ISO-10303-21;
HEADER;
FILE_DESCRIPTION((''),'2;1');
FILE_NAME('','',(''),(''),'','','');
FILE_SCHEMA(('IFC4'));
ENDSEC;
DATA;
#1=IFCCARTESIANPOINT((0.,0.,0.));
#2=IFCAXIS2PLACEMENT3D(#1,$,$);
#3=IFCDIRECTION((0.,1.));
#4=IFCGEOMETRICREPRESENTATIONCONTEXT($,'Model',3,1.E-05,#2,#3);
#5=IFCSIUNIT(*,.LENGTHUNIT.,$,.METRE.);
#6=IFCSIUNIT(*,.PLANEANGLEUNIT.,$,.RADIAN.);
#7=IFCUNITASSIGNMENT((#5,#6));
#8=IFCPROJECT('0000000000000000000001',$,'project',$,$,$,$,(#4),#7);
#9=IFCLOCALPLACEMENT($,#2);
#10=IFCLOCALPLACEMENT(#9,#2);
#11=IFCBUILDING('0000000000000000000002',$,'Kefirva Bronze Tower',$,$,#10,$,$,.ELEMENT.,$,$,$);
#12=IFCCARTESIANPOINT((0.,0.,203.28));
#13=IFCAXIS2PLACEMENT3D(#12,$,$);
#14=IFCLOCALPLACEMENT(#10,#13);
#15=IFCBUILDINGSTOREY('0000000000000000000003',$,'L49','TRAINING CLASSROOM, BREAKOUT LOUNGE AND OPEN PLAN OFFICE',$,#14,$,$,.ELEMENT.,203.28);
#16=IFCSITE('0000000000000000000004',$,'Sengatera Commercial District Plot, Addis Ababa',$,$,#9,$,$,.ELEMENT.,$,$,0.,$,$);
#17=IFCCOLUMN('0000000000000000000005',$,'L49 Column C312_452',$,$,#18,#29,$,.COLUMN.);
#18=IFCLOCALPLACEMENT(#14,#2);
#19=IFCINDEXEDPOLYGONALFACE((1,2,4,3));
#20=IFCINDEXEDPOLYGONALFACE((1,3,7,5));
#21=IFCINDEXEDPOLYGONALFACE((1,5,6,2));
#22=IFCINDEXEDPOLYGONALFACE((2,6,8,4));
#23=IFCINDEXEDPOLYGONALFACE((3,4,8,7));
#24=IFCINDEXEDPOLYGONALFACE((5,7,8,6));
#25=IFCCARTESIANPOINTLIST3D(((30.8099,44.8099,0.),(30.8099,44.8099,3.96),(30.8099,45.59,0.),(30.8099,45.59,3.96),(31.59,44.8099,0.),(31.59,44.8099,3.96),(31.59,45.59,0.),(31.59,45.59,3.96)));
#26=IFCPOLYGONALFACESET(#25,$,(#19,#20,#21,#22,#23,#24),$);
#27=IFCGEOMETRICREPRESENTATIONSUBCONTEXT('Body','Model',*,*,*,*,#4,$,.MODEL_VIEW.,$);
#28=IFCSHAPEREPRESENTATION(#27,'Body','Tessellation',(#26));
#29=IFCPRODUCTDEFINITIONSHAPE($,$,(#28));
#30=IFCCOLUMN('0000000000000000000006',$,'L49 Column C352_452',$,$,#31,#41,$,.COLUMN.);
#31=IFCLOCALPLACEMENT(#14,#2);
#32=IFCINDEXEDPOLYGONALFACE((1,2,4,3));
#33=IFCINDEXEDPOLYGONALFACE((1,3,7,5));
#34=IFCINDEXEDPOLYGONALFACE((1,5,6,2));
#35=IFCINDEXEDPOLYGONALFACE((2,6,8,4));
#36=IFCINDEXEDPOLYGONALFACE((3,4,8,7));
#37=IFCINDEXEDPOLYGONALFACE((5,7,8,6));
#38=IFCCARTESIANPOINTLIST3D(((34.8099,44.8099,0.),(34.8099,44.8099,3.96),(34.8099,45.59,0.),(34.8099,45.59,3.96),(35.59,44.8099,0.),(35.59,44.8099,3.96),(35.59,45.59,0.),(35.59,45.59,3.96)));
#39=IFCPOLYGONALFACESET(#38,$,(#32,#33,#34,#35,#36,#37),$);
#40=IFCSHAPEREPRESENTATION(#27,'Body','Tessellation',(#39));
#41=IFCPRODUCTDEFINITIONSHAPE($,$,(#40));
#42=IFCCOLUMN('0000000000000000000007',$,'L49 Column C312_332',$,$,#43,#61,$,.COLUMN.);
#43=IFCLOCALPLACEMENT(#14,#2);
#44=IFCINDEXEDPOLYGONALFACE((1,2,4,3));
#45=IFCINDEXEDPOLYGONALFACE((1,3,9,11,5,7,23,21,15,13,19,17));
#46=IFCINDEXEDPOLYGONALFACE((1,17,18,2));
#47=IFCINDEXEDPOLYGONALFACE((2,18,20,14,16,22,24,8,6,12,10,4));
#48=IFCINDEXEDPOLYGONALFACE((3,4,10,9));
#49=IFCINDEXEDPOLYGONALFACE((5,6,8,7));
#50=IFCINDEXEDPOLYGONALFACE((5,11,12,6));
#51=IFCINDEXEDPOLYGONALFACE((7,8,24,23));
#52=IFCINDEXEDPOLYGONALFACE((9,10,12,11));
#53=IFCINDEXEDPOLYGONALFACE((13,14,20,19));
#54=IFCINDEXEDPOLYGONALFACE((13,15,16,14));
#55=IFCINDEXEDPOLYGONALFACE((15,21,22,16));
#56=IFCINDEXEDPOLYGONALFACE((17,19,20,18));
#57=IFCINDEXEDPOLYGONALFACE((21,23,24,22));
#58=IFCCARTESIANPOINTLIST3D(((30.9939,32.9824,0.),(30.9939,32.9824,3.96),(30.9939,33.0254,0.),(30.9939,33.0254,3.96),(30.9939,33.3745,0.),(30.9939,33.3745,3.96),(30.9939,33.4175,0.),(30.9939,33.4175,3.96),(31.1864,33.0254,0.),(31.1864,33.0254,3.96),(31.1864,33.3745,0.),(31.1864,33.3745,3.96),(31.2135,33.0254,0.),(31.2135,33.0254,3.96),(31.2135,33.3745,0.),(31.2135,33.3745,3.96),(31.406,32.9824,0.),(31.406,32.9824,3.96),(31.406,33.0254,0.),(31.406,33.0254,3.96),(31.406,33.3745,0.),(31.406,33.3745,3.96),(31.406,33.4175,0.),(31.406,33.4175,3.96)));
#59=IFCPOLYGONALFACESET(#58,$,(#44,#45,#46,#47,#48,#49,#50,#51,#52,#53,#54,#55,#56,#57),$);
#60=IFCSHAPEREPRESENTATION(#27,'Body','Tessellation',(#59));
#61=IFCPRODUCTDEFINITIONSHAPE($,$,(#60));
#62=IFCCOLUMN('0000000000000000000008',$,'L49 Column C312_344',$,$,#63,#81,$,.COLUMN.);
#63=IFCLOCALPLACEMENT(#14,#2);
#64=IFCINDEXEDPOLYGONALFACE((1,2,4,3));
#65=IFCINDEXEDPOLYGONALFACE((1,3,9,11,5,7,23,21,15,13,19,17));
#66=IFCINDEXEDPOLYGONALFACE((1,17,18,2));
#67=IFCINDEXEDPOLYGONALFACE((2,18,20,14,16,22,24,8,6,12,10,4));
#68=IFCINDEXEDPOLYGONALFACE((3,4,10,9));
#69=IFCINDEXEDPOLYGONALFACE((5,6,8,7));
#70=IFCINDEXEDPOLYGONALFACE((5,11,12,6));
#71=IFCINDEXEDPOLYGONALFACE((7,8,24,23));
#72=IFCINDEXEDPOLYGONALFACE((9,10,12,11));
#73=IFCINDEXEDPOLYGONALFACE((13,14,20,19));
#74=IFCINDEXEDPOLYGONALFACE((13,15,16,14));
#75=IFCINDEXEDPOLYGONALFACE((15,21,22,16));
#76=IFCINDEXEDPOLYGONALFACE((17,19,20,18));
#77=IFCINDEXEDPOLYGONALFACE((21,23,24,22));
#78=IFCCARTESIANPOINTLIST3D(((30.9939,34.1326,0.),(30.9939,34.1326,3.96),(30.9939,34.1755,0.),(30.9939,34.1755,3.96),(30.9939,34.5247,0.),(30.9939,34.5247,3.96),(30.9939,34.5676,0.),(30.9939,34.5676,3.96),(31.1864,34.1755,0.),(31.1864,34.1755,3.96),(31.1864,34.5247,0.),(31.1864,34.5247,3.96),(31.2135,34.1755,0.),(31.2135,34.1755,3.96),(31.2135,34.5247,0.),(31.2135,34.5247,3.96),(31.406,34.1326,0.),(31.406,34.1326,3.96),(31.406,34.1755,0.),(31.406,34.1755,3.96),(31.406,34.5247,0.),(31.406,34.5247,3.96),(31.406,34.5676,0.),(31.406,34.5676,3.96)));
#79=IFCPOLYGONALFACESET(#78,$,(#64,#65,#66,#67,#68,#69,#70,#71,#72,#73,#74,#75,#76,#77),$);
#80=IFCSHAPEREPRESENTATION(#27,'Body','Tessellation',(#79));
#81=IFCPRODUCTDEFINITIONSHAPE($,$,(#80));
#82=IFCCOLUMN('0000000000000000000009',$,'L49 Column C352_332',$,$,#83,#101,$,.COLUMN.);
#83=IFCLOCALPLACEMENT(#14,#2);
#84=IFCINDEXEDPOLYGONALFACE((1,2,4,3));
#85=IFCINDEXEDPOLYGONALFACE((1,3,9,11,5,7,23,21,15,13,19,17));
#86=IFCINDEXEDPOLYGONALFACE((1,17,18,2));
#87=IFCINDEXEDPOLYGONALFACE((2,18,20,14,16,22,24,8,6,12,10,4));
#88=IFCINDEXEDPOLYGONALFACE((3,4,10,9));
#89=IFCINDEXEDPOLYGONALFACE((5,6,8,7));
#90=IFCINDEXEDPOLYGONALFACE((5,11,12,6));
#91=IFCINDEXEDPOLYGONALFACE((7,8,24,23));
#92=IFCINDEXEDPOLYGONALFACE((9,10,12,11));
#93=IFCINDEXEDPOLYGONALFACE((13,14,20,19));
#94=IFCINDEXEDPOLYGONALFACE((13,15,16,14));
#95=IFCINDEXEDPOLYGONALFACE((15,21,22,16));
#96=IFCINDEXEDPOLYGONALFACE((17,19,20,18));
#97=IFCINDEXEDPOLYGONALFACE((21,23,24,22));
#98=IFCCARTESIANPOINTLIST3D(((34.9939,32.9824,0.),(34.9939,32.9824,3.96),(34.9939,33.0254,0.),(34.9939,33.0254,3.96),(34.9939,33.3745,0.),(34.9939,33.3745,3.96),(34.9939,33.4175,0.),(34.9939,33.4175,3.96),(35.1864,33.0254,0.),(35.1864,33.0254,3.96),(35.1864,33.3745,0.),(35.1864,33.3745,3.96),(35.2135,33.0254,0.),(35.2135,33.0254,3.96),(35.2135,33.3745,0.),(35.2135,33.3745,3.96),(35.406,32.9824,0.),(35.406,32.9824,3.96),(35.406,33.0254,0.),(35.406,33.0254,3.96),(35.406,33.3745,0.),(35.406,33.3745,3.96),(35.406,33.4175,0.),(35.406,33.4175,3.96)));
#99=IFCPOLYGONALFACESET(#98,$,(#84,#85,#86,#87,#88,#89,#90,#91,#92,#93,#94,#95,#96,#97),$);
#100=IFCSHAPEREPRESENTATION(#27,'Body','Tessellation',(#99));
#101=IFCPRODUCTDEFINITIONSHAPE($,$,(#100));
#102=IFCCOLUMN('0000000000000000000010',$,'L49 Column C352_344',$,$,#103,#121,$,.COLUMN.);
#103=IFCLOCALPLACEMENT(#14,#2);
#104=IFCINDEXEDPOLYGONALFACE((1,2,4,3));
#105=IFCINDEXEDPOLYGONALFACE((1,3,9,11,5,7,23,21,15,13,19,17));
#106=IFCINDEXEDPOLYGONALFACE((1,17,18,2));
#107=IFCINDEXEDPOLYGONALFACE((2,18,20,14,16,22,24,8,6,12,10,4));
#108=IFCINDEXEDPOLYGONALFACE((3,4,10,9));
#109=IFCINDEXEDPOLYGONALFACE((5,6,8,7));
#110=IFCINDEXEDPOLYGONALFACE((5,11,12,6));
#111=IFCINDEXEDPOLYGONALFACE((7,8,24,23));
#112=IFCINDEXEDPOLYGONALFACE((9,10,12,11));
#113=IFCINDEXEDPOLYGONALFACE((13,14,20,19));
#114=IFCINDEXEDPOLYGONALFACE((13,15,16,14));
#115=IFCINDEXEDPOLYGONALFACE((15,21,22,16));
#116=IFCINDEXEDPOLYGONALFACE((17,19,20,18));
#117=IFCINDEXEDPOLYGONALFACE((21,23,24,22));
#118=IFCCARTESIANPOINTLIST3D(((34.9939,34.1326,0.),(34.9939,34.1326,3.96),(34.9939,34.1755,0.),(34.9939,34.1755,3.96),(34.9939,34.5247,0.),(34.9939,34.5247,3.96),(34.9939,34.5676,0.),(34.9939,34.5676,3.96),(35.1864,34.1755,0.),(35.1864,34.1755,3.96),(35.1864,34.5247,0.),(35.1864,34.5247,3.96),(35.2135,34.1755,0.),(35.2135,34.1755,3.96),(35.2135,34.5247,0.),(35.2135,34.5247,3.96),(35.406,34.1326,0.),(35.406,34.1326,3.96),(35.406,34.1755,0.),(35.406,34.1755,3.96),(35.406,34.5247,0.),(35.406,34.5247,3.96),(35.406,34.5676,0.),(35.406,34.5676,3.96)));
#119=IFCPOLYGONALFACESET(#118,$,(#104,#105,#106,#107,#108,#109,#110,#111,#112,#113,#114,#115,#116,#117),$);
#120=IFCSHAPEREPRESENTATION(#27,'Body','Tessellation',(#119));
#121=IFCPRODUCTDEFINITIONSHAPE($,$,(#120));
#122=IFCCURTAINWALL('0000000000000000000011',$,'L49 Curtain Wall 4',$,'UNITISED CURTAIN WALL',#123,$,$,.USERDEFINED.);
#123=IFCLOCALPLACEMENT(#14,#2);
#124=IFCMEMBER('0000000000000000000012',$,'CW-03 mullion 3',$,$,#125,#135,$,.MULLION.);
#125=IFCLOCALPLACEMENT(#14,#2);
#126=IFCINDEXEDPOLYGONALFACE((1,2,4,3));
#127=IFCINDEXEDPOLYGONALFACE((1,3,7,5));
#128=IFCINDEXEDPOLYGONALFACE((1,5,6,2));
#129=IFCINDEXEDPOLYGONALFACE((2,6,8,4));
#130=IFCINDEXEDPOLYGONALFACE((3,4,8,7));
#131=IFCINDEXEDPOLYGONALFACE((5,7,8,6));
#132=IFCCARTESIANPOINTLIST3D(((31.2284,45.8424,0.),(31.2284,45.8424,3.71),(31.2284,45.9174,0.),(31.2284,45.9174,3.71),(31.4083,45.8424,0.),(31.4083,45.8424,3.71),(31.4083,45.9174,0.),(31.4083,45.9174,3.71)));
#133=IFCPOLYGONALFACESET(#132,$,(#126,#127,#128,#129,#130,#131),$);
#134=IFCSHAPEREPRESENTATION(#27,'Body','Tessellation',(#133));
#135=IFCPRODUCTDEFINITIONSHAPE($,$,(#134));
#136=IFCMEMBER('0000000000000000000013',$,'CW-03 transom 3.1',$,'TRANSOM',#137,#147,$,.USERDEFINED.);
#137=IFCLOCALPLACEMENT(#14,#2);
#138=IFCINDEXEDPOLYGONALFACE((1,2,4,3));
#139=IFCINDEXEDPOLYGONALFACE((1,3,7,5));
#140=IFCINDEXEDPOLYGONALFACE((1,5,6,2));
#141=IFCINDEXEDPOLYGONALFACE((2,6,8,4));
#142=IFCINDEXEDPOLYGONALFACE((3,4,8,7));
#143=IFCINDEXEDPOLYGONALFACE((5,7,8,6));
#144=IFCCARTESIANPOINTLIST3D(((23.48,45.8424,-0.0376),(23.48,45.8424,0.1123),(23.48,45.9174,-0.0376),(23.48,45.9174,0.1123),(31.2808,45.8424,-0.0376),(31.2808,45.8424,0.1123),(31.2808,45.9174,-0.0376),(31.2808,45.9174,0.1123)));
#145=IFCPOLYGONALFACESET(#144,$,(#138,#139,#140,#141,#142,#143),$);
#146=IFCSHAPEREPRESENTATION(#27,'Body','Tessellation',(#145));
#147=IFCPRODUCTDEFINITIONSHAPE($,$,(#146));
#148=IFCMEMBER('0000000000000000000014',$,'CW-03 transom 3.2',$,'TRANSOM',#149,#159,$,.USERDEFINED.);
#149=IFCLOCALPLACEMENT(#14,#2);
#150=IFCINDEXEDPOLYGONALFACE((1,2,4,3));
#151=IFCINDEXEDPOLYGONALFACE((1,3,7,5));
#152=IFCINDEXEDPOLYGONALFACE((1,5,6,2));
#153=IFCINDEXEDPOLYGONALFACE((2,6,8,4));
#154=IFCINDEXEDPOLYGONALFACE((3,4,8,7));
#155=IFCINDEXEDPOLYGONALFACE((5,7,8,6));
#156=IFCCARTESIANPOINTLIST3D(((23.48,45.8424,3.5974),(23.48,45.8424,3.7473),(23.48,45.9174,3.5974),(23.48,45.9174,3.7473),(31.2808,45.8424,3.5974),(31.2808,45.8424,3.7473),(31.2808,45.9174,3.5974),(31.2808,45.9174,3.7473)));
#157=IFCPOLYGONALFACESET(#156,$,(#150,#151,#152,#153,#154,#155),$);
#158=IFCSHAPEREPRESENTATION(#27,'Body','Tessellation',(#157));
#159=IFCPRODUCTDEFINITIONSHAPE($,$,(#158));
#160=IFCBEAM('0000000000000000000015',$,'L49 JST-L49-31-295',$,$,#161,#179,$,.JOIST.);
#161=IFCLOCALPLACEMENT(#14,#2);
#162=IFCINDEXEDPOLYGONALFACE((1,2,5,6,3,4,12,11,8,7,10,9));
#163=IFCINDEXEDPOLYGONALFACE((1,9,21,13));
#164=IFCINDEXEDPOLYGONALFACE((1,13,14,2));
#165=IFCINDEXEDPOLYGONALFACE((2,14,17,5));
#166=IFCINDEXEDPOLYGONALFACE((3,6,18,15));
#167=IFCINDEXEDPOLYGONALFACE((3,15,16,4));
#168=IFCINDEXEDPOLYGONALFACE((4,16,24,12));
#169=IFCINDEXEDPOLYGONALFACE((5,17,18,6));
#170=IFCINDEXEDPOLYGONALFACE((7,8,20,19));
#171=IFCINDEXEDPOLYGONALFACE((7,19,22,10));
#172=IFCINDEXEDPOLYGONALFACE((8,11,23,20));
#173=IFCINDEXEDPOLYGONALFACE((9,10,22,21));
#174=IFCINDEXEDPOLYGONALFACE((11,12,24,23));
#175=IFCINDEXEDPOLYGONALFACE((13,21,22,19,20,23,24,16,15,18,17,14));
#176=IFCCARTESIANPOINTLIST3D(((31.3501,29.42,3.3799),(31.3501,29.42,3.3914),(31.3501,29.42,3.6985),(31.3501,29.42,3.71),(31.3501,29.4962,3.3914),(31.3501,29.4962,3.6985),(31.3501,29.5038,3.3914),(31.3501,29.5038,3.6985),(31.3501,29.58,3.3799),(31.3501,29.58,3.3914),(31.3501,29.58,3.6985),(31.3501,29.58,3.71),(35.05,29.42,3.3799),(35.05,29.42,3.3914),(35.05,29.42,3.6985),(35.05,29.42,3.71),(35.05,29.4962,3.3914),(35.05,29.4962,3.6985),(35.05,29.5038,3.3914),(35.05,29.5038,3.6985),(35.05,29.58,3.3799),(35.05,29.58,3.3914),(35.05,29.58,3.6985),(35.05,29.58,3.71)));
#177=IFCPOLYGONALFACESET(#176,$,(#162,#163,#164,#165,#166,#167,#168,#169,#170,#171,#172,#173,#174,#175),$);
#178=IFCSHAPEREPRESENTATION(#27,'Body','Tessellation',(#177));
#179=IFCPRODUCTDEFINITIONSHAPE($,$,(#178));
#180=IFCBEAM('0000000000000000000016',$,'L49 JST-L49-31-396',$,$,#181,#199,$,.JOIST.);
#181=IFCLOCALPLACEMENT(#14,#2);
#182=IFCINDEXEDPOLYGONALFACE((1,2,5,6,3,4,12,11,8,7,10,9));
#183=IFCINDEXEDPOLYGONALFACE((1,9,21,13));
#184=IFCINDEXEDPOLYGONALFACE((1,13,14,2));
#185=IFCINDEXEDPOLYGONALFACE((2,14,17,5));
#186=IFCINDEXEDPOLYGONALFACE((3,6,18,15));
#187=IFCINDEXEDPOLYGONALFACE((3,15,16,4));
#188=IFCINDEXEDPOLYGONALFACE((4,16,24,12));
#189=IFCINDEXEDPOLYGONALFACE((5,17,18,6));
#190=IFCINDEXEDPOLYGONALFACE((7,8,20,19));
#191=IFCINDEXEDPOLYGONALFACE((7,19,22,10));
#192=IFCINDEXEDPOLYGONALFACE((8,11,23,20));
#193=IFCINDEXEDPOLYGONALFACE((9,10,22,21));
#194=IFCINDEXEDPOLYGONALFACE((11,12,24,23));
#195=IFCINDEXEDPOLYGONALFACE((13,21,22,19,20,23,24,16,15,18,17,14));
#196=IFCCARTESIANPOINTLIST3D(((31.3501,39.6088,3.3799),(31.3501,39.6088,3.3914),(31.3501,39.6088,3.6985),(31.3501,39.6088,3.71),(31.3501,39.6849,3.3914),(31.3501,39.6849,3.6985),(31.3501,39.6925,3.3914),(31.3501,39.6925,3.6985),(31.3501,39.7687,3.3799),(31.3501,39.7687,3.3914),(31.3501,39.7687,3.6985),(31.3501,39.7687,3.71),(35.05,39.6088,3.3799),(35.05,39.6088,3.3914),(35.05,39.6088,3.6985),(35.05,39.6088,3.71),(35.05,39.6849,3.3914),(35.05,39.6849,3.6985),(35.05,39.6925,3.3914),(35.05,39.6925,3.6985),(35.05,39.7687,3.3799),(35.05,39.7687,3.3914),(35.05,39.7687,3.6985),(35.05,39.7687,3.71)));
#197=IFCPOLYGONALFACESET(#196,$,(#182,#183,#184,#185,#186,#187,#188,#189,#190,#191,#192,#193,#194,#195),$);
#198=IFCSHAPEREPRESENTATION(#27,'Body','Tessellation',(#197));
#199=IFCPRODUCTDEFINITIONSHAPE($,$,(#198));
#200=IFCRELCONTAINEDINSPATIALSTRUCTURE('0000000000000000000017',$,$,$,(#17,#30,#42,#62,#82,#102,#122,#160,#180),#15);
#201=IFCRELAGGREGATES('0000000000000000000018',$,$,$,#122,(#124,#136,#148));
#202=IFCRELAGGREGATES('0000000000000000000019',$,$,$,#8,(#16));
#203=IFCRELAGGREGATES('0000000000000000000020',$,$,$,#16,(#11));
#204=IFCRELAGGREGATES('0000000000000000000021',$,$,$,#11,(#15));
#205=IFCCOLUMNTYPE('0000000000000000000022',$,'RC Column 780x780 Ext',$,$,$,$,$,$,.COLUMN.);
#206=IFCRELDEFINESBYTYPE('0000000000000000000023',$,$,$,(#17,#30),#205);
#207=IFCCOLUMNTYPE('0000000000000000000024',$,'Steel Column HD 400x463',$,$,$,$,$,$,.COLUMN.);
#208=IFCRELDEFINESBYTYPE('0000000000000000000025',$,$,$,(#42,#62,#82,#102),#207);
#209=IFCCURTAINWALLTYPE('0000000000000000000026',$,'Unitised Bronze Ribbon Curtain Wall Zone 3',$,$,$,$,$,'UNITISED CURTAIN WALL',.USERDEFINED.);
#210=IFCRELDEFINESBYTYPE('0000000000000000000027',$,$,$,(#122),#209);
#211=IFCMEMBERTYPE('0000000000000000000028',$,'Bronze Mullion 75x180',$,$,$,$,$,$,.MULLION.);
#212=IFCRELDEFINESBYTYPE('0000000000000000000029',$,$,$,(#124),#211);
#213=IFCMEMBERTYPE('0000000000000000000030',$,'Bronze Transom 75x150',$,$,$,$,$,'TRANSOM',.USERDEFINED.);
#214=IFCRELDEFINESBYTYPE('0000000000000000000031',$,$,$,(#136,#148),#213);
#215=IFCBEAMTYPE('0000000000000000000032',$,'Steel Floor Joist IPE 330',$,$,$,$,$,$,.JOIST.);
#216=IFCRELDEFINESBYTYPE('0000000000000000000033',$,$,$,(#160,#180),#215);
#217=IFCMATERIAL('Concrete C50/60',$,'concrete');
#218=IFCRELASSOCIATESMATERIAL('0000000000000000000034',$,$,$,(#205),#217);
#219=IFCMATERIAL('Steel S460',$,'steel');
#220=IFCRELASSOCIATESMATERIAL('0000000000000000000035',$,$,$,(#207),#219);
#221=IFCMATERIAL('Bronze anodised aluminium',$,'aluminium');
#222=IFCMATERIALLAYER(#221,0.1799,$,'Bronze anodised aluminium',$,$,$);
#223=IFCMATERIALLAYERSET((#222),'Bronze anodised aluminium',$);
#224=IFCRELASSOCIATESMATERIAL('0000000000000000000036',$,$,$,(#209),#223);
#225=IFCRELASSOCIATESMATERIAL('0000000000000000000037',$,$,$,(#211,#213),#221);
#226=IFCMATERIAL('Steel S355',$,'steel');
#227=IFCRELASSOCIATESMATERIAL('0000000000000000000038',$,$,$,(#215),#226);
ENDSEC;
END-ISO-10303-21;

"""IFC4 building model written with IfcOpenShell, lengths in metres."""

from ifc_helpers import new_model, si_unit, direction, frame, origin, origin_2d, place, context, subcontext, project, spatial, rectangle, i_section, extrude, material, layer, layer_set, material_profile, profile_set, type_object, element, aggregate, save


model = new_model("IFC4")

# Units and contexts
model_context = context("Model", 3, precision=1e-05, world=origin(), true_north=direction((0.0, 1.0)))
body_context = subcontext(model_context, "Body", "Model", "MODEL_VIEW")
ifc_project = project(units=[si_unit("LENGTHUNIT", "METRE"), si_unit("PLANEANGLEUNIT", "RADIAN")], contexts=[model_context])

# Site, building, storey
site_placement = place(None, origin())
site = spatial("IfcSite", under=ifc_project, at=site_placement, Name="Sengatera Commercial District Plot, Addis Ababa", CompositionType="ELEMENT", RefElevation=0.0)
building_placement = place(site_placement, origin())
building = spatial("IfcBuilding", under=site, at=building_placement, Name="Kefirva Bronze Tower", CompositionType="ELEMENT")
storey_placement = place(building_placement, frame((0.0, 0.0, 203.28)))
storey = spatial("IfcBuildingStorey", under=building, at=storey_placement, Name="L49", Description="TRAINING CLASSROOM, BREAKOUT LOUNGE AND OPEN PLAN OFFICE", CompositionType="ELEMENT", Elevation=203.28)

# Columns
ifc_material_1 = material(Name="Concrete C50/60", Category="concrete")
ifc_material_profile_1 = material_profile(ifc_material_1, rectangle(XDim=0.78, YDim=0.78, at=origin_2d()), Name="RC 780x780")
ifc_profile_set_1 = profile_set([ifc_material_profile_1], Name="Concrete C50/60")
column_type_1 = type_object("IfcColumnType", Name="RC Column 780x780 Ext", PredefinedType="COLUMN", material=ifc_profile_set_1)
for number, where, z_axis, x_axis, name in (
    (1, (31.2, 45.2, 0.0), (0.0, 0.0, 1.0), (1.0, 0.0, 0.0), "L49 Column C312_452"),
    (2, (35.2, 45.2, 0.0), (0.0, 0.0, 1.0), (1.0, 0.0, 0.0), "L49 Column C352_452"),
):
    element("IfcColumn", number, at=place(storey_placement, frame(where, z_axis=z_axis, x_axis=x_axis)), inside=storey, type_object=column_type_1, Name=name, PredefinedType="COLUMN", context=body_context, shape_type="SweptSolid", body=[
        extrude(rectangle(XDim=0.78, YDim=0.78, at=origin_2d()), origin(), (0.0, 0.0, 1.0), 3.96),
    ])
ifc_material_2 = material(Name="Steel S460", Category="steel")
ifc_material_profile_2 = material_profile(ifc_material_2, i_section(OverallWidth=0.4121, OverallDepth=0.4351, WebThickness=0.0271, FlangeThickness=0.043, at=origin_2d()), Name="HD 400x463")
ifc_profile_set_2 = profile_set([ifc_material_profile_2], Name="Steel S460")
column_type_2 = type_object("IfcColumnType", Name="Steel Column HD 400x463", PredefinedType="COLUMN", material=ifc_profile_set_2)
for number, where, z_axis, x_axis, name in (
    (3, (31.2, 33.2, 0.0), (0.0, 0.0, 1.0), (1.0, 0.0, 0.0), "L49 Column C312_332"),
    (4, (31.2, 34.3501, 0.0), (0.0, 0.0, 1.0), (1.0, 0.0, 0.0), "L49 Column C312_344"),
    (5, (35.2, 33.2, 0.0), (0.0, 0.0, 1.0), (1.0, 0.0, 0.0), "L49 Column C352_332"),
    (6, (35.2, 34.3501, 0.0), (0.0, 0.0, 1.0), (1.0, 0.0, 0.0), "L49 Column C352_344"),
):
    element("IfcColumn", number, at=place(storey_placement, frame(where, z_axis=z_axis, x_axis=x_axis)), inside=storey, type_object=column_type_2, Name=name, PredefinedType="COLUMN", context=body_context, shape_type="SweptSolid", body=[
        extrude(i_section(OverallWidth=0.4121, OverallDepth=0.4351, WebThickness=0.0271, FlangeThickness=0.043, at=origin_2d()), origin(), (0.0, 0.0, 1.0), 3.96),
    ])

# Curtain wall, members
ifc_material_3 = material(Name="Bronze anodised aluminium", Category="aluminium")
ifc_layer_1 = layer(ifc_material_3, 0.1799, Name="Bronze anodised aluminium")
ifc_layer_set_1 = layer_set([ifc_layer_1], Name="Bronze anodised aluminium")
curtain_wall_type = type_object("IfcCurtainWallType", Name="Unitised Bronze Ribbon Curtain Wall Zone 3", ElementType="UNITISED CURTAIN WALL", PredefinedType="USERDEFINED", material=ifc_layer_set_1)
curtain_wall_placement = place(storey_placement, origin())
curtain_wall = element("IfcCurtainWall", 7, at=curtain_wall_placement, inside=storey, type_object=curtain_wall_type, Name="L49 Curtain Wall 4", ObjectType="UNITISED CURTAIN WALL", PredefinedType="USERDEFINED")
ifc_material_profile_3 = material_profile(ifc_material_3, rectangle(XDim=0.075, YDim=0.1799, at=origin_2d()), Name="ALU 75x180")
ifc_profile_set_3 = profile_set([ifc_material_profile_3], Name="Bronze anodised aluminium")
member_type_1 = type_object("IfcMemberType", Name="Bronze Mullion 75x180", PredefinedType="MULLION", material=ifc_profile_set_3)
member_1_placement = place(storey_placement, frame((31.3184, 45.8799, 0.0), z_axis=(0.0, 0.0, 1.0), x_axis=(0.0, -1.0, 0.0)))
member_1 = element("IfcMember", 8, at=member_1_placement, type_object=member_type_1, Name="CW-03 mullion 3", PredefinedType="MULLION", context=body_context, shape_type="SweptSolid", body=[
    extrude(rectangle(XDim=0.075, YDim=0.1799, at=origin_2d()), origin(), (0.0, 0.0, 1.0), 3.71),
])
ifc_material_profile_4 = material_profile(ifc_material_3, rectangle(XDim=0.075, YDim=0.1499, at=origin_2d()), Name="ALU 75x150")
ifc_profile_set_4 = profile_set([ifc_material_profile_4], Name="Bronze anodised aluminium")
member_type_2 = type_object("IfcMemberType", Name="Bronze Transom 75x150", ElementType="TRANSOM", PredefinedType="USERDEFINED", material=ifc_profile_set_4)
member_2_placement = place(storey_placement, frame((31.2808, 45.8799, 0.0374), z_axis=(-1.0, 0.0, 0.0), x_axis=(0.0, -1.0, 0.0)))
member_2 = element("IfcMember", 9, at=member_2_placement, type_object=member_type_2, Name="CW-03 transom 3.1", ObjectType="TRANSOM", PredefinedType="USERDEFINED", context=body_context, shape_type="SweptSolid", body=[
    extrude(rectangle(XDim=0.075, YDim=0.1499, at=origin_2d()), origin(), (0.0, 0.0, 1.0), 7.8008),
])
member_3_placement = place(storey_placement, frame((31.2808, 45.8799, 3.6724), z_axis=(-1.0, 0.0, 0.0), x_axis=(0.0, -1.0, 0.0)))
member_3 = element("IfcMember", 10, at=member_3_placement, type_object=member_type_2, Name="CW-03 transom 3.2", ObjectType="TRANSOM", PredefinedType="USERDEFINED", context=body_context, shape_type="SweptSolid", body=[
    extrude(rectangle(XDim=0.075, YDim=0.1499, at=origin_2d()), origin(), (0.0, 0.0, 1.0), 7.8008),
])

# Beams
ifc_material_4 = material(Name="Steel S355", Category="steel")
ifc_material_profile_5 = material_profile(ifc_material_4, i_section(OverallWidth=0.1599, OverallDepth=0.3301, WebThickness=0.0076, FlangeThickness=0.0115, at=origin_2d()), Name="IPE 330")
ifc_profile_set_5 = profile_set([ifc_material_profile_5], Name="Steel S355")
beam_type_1 = type_object("IfcBeamType", Name="Steel Floor Joist IPE 330", PredefinedType="JOIST", material=ifc_profile_set_5)
for number, where, z_axis, x_axis, name in (
    (11, (31.3501, 29.5, 3.5449), (1.0, 0.0, 0.0), (0.0, 1.0, 0.0), "L49 JST-L49-31-295"),
    (12, (31.3501, 39.6887, 3.5449), (1.0, 0.0, 0.0), (0.0, 1.0, 0.0), "L49 JST-L49-31-396"),
):
    element("IfcBeam", number, at=place(storey_placement, frame(where, z_axis=z_axis, x_axis=x_axis)), inside=storey, type_object=beam_type_1, Name=name, PredefinedType="JOIST", context=body_context, shape_type="SweptSolid", body=[
        extrude(i_section(OverallWidth=0.1599, OverallDepth=0.3301, WebThickness=0.0076, FlangeThickness=0.0115, at=origin_2d()), origin(), (0.0, 0.0, 1.0), 3.7),
    ])

aggregate(curtain_wall, [member_1, member_2, member_3])

save(model, "model.ifc")
